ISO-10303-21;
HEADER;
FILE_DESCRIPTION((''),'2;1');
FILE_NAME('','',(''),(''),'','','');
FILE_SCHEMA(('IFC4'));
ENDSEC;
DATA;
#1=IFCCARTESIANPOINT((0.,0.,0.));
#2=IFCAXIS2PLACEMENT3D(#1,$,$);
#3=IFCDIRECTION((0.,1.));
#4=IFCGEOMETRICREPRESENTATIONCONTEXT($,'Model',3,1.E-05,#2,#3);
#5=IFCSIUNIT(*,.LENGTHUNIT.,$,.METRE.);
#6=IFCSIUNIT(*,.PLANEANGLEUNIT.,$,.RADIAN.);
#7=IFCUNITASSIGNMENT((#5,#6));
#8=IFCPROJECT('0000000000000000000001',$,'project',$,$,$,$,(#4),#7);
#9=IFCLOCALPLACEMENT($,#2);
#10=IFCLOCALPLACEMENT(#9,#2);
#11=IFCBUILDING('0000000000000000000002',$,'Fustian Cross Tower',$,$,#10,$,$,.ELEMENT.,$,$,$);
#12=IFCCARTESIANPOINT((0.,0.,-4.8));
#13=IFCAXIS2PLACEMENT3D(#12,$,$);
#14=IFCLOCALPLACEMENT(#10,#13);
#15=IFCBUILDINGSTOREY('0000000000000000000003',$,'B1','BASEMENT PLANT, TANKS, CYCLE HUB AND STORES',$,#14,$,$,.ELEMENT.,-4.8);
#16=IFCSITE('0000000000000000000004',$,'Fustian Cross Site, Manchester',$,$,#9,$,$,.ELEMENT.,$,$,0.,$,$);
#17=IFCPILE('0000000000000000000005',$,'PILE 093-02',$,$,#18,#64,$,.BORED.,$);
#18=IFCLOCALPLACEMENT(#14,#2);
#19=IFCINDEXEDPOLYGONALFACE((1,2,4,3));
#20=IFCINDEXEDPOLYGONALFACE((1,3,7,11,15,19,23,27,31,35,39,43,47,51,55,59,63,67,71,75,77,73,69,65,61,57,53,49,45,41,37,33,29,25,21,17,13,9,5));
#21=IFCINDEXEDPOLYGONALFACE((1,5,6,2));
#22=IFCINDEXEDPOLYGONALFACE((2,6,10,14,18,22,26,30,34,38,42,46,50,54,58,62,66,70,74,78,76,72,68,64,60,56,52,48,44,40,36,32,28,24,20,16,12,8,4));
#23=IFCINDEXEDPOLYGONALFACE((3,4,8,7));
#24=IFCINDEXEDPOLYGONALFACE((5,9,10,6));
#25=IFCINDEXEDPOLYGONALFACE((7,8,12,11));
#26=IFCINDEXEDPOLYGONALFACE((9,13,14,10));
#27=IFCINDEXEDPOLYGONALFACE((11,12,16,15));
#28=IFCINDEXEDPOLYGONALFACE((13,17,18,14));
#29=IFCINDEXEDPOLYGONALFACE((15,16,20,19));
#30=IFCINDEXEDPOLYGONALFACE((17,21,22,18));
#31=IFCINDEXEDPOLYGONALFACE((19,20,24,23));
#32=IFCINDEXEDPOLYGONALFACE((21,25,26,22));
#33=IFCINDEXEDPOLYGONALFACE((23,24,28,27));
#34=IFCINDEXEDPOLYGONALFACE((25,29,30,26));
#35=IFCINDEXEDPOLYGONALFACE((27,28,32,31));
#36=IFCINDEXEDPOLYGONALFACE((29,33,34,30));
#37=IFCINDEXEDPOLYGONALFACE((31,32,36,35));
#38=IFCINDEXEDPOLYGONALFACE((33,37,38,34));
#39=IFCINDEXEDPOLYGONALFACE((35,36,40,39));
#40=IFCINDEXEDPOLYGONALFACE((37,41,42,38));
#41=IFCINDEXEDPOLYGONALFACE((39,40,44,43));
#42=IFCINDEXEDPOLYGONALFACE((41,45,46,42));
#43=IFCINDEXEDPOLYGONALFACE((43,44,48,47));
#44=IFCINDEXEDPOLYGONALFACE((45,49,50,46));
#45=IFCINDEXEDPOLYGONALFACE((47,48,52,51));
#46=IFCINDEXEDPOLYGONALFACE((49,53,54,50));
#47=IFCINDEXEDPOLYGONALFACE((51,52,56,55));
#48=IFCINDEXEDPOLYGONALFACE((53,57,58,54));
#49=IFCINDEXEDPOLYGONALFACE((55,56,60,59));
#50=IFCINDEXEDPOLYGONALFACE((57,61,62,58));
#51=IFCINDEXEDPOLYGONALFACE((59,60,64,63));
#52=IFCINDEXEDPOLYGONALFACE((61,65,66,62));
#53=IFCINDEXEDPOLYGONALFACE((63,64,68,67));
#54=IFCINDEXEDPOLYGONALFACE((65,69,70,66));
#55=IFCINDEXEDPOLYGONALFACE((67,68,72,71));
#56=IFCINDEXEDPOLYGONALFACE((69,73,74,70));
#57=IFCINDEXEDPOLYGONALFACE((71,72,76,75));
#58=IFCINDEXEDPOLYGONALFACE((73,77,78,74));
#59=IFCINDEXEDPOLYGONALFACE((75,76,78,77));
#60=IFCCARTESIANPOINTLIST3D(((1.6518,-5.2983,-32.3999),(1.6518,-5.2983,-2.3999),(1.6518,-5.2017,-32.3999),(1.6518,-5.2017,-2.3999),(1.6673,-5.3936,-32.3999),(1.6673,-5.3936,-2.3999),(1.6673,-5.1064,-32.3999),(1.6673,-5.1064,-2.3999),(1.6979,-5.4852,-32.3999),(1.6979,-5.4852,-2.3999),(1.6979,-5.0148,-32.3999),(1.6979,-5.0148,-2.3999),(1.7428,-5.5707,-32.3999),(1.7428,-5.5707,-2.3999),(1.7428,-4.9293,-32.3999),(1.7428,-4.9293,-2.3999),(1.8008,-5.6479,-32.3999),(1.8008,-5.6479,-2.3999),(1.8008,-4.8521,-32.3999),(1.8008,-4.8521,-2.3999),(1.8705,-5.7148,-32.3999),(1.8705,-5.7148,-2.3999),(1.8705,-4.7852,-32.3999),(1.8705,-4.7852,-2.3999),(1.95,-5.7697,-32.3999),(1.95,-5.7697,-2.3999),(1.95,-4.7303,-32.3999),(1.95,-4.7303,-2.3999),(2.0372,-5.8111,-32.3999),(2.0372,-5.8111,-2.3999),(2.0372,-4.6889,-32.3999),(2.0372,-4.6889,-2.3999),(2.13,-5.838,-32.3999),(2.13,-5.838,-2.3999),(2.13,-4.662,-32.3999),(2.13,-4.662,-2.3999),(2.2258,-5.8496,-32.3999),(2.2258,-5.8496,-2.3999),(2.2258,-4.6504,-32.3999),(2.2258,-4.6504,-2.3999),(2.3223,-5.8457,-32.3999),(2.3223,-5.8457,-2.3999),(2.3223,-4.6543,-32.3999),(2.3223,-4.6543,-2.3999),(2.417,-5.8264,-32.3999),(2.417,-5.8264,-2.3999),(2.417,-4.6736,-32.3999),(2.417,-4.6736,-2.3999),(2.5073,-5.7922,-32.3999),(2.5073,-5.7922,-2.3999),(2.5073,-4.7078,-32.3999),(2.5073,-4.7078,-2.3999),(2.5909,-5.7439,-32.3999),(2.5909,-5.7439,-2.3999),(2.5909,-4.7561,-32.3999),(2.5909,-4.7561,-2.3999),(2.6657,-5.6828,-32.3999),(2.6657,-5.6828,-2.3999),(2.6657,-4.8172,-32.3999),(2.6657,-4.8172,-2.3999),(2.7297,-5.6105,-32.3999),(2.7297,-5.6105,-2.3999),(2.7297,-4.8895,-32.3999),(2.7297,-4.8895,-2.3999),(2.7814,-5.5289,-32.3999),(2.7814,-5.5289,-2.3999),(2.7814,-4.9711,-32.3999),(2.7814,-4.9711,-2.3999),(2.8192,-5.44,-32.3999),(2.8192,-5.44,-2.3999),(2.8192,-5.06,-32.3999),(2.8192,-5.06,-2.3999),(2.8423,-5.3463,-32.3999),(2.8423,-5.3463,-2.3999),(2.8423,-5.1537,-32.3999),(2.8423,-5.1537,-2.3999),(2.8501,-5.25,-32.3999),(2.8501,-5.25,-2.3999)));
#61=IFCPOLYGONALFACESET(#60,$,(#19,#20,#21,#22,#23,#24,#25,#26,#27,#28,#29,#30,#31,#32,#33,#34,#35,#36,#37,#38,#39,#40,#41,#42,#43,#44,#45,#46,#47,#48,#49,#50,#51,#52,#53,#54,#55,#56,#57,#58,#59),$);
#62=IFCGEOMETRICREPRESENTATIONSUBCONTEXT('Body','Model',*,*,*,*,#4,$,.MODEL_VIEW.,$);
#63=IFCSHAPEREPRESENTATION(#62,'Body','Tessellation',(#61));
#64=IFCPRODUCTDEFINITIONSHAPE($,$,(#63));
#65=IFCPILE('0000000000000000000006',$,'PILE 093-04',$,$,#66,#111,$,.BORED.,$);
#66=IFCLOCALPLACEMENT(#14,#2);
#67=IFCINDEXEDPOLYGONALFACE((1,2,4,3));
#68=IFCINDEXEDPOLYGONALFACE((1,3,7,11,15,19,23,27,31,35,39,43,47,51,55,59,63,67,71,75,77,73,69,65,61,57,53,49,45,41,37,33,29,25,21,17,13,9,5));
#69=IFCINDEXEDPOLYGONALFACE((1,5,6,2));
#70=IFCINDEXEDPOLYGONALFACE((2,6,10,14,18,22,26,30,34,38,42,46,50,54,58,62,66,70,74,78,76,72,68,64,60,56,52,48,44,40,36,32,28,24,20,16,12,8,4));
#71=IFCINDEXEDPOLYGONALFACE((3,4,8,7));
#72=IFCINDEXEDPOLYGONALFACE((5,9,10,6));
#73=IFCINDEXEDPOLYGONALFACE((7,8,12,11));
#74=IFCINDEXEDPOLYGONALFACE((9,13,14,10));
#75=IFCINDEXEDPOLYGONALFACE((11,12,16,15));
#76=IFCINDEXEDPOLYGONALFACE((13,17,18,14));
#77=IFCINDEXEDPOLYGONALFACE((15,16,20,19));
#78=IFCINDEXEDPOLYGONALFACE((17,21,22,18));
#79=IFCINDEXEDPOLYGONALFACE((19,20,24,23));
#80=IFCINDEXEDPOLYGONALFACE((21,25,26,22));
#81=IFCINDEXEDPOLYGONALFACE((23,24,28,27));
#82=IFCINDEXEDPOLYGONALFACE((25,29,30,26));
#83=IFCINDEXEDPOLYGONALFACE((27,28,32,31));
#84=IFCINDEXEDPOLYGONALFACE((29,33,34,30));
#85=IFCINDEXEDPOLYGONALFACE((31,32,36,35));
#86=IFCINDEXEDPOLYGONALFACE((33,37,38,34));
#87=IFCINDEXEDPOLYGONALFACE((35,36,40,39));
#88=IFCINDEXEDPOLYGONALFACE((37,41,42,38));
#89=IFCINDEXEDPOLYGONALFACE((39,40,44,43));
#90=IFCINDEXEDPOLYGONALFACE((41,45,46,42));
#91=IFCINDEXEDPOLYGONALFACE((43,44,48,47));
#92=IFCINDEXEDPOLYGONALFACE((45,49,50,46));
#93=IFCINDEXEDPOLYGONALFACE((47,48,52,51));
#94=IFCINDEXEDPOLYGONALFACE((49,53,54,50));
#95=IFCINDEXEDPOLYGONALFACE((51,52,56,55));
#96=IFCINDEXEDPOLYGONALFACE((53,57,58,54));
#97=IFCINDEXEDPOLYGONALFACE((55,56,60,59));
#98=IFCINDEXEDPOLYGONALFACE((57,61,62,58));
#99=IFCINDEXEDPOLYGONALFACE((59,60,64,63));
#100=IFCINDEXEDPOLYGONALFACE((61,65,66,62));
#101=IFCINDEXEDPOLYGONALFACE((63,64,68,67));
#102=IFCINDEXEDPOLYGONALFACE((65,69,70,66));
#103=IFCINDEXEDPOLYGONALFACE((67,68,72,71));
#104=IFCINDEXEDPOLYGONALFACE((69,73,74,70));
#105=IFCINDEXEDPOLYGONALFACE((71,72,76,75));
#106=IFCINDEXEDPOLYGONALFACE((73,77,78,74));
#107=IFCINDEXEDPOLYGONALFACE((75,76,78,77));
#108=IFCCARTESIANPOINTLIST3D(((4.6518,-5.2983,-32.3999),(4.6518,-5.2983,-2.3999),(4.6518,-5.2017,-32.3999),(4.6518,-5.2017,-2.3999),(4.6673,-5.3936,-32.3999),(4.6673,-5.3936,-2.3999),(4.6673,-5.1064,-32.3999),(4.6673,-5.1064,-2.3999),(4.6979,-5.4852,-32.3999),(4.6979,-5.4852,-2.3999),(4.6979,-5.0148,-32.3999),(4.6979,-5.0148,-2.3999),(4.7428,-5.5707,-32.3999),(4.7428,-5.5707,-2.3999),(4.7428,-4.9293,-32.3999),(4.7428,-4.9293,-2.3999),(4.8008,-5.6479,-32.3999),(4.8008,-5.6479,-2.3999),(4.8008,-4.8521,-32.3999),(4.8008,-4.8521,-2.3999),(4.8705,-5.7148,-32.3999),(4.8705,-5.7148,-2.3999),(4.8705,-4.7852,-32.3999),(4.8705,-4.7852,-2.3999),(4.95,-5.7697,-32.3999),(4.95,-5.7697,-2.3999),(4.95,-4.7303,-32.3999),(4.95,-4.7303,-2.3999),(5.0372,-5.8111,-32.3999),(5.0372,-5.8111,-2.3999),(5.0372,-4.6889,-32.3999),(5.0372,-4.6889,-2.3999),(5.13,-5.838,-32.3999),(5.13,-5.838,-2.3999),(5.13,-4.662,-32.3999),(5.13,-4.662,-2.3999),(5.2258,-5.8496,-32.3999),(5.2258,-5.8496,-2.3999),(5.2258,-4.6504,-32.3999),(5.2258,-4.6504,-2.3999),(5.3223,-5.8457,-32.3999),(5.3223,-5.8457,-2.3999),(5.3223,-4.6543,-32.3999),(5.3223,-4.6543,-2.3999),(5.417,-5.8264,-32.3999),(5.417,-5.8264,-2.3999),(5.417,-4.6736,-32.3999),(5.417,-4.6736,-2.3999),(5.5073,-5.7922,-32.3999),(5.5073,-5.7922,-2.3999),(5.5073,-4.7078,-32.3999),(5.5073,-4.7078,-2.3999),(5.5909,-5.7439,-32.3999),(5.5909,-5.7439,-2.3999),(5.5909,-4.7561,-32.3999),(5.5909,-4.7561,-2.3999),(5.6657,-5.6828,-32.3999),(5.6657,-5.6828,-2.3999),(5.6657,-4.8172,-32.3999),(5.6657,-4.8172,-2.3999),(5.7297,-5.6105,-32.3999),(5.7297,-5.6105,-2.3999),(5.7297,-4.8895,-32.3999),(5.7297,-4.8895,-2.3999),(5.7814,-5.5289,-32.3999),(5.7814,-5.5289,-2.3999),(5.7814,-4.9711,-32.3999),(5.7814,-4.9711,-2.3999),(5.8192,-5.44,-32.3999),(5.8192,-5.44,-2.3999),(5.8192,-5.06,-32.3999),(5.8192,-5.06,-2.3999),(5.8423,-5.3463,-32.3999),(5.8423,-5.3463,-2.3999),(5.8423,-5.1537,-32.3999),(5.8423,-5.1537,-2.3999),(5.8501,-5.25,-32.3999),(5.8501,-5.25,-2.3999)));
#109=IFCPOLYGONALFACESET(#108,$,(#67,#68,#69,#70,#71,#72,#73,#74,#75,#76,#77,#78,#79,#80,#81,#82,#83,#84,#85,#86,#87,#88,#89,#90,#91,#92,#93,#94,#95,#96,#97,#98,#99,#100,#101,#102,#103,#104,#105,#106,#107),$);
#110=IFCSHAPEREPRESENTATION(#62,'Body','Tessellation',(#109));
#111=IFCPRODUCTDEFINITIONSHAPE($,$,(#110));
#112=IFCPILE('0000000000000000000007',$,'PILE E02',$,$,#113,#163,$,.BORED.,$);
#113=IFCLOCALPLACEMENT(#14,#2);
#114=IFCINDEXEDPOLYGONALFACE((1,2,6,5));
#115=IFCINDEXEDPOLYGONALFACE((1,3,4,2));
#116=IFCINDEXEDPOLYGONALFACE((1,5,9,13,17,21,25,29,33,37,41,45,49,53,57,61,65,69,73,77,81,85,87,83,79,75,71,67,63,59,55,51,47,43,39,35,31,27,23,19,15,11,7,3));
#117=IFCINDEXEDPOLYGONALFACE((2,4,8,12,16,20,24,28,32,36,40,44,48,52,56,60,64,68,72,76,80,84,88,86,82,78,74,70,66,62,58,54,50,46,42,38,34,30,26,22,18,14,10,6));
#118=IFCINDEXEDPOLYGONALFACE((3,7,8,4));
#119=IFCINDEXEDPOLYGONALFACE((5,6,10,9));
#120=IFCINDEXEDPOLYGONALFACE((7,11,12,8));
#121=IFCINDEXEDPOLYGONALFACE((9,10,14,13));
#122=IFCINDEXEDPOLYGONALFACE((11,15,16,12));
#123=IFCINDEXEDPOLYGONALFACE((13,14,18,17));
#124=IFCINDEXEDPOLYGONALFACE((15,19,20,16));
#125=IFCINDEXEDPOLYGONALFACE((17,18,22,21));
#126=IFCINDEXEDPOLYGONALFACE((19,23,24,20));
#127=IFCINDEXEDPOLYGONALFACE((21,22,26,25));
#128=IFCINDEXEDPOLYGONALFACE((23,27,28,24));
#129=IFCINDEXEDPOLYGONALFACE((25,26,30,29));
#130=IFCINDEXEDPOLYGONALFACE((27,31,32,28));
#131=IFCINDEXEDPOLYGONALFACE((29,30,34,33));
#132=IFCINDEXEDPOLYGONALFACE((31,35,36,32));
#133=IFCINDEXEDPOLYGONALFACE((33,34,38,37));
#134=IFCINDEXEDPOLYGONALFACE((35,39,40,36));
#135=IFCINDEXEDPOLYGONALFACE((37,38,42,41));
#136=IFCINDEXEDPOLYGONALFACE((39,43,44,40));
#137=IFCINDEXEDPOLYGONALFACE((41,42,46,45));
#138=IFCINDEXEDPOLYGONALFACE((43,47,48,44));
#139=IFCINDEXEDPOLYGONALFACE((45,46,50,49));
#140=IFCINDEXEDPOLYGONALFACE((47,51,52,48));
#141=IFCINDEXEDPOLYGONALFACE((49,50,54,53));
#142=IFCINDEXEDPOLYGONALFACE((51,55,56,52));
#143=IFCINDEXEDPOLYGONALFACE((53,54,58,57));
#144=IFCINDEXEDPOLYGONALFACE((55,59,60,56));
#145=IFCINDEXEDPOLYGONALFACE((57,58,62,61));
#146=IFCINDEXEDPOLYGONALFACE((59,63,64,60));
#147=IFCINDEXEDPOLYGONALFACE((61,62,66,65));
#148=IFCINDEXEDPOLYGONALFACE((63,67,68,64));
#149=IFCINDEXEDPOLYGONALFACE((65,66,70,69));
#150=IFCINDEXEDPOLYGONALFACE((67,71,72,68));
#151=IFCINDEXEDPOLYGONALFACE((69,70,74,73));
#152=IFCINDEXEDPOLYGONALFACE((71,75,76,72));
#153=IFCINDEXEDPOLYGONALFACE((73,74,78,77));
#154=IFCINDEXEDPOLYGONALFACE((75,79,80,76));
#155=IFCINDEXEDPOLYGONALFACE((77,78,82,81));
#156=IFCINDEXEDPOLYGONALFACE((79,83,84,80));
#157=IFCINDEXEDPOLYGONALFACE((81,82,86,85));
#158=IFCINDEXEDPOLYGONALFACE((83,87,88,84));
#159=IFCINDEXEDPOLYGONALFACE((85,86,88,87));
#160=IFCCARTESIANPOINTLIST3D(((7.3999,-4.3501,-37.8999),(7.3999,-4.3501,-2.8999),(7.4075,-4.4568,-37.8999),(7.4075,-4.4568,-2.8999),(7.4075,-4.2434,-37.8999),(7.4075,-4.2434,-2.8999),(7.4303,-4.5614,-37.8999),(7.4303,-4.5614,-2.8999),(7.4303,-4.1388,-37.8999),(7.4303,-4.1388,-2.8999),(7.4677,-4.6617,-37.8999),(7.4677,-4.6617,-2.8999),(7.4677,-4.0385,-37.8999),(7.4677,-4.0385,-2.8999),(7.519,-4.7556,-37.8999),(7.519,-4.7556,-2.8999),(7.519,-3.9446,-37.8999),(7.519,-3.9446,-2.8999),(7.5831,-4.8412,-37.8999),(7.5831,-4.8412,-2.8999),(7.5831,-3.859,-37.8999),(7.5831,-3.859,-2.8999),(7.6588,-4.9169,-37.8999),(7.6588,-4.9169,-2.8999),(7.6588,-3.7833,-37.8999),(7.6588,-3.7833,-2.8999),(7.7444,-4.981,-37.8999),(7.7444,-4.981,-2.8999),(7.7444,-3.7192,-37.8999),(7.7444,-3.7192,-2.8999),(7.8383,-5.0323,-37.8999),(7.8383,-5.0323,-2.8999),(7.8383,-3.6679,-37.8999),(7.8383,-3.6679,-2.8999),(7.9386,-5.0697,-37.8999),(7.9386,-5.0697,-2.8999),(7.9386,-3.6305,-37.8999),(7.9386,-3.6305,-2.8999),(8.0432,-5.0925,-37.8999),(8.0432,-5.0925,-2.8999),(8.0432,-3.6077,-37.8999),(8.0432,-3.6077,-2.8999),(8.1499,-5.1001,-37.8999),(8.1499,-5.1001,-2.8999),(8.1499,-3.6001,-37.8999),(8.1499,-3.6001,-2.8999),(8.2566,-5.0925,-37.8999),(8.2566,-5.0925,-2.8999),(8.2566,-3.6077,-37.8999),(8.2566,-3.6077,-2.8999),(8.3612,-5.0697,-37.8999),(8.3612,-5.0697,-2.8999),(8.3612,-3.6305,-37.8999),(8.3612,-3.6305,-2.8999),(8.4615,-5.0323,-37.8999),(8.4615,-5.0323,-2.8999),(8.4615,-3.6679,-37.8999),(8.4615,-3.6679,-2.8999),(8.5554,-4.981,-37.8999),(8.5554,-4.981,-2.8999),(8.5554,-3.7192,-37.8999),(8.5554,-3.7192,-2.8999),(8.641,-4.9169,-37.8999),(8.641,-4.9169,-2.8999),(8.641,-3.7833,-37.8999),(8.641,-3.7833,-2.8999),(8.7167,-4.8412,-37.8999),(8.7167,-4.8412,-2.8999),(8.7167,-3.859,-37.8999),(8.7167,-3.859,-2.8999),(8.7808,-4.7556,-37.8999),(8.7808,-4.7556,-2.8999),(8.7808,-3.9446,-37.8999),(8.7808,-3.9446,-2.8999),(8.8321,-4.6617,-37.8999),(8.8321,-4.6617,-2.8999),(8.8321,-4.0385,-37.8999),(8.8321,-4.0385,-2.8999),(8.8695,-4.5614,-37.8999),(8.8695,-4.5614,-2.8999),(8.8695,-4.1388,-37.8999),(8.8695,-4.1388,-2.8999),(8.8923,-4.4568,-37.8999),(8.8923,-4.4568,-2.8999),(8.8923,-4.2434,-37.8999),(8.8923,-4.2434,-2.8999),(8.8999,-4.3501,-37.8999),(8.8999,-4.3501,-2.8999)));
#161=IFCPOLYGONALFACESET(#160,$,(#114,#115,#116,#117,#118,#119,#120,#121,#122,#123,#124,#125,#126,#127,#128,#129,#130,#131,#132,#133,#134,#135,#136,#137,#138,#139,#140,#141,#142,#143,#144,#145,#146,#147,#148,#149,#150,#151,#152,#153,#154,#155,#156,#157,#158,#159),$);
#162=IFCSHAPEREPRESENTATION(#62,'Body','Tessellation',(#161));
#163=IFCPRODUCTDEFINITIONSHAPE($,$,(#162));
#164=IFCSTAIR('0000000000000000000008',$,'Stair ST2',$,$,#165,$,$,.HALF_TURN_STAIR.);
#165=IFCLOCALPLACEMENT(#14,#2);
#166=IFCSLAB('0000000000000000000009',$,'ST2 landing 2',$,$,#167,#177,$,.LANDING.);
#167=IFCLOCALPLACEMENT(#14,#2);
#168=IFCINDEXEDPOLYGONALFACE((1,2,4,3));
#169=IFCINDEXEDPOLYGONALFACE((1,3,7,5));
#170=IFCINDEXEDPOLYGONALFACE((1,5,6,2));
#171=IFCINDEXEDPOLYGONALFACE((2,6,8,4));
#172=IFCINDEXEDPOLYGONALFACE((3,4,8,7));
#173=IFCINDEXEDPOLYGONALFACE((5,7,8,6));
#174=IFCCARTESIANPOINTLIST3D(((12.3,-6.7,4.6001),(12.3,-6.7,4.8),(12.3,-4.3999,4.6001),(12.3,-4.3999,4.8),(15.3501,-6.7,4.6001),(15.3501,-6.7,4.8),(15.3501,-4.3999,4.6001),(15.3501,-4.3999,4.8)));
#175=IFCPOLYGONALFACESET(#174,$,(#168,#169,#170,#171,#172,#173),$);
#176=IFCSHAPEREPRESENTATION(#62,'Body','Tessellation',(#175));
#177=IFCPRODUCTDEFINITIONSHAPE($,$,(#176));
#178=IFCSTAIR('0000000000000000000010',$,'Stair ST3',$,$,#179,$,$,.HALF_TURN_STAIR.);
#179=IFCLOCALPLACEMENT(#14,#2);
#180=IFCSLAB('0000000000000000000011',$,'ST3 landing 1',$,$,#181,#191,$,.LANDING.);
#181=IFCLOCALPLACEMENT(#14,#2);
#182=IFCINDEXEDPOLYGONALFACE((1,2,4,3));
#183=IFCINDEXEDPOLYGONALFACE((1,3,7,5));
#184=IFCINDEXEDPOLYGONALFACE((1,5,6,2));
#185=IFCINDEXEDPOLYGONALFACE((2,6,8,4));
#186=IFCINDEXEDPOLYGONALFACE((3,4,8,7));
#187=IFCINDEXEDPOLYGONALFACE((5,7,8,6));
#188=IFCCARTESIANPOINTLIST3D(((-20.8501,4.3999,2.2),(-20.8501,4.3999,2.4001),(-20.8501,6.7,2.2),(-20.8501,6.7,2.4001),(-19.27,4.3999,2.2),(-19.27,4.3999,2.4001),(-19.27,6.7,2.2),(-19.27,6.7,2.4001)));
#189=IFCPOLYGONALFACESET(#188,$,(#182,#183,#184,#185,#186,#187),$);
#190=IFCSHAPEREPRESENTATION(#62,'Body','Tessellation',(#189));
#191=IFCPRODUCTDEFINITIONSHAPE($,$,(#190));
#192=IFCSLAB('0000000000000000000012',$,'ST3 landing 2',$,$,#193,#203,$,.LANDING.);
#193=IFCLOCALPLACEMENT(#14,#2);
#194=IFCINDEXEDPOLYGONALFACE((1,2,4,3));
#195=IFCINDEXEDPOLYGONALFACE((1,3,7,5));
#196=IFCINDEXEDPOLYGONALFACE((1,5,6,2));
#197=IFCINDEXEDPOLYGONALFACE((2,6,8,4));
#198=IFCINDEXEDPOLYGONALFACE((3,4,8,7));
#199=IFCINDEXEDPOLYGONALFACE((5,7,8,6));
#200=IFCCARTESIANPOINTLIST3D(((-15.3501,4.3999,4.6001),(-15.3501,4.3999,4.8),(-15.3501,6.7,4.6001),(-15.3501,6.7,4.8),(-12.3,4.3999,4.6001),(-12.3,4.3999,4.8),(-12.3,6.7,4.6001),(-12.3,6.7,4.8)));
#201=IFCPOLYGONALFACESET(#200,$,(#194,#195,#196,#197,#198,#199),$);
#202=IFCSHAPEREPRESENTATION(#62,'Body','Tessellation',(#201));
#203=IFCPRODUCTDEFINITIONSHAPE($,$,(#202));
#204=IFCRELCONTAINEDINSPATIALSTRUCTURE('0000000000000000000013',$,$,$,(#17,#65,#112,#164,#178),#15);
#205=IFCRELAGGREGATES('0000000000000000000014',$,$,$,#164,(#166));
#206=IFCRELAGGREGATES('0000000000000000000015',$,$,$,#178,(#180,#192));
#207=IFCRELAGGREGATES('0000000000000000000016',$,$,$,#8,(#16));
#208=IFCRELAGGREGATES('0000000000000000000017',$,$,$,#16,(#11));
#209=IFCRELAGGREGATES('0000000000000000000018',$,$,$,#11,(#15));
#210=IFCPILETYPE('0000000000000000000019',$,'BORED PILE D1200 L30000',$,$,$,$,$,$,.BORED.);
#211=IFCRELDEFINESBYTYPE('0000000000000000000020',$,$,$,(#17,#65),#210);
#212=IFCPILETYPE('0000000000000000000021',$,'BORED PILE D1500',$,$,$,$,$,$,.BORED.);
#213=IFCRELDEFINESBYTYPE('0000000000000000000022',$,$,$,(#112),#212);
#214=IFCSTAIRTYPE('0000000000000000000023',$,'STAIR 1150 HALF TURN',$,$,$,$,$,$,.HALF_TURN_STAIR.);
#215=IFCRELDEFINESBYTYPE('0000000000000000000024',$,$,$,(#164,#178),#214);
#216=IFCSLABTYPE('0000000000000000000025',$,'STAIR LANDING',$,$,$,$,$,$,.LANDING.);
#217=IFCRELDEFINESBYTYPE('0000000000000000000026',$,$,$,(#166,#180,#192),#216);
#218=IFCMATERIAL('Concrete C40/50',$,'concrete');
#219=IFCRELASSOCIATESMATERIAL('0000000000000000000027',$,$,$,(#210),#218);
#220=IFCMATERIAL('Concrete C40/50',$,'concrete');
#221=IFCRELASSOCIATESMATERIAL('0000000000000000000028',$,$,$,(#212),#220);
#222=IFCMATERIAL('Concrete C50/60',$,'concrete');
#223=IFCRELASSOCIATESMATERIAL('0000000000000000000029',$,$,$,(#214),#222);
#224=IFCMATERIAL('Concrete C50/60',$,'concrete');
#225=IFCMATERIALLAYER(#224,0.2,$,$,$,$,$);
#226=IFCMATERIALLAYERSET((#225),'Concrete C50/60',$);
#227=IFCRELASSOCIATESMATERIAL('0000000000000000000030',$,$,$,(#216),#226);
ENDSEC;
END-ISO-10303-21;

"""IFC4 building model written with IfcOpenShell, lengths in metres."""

from ifc_helpers import new_model, si_unit, direction, frame, origin, origin_2d, place, context, subcontext, project, spatial, polyline, circle, outline, extrude, material, layer, layer_set, material_profile, profile_set, type_object, element, aggregate, save


model = new_model("IFC4")

# Units and contexts
model_context = context("Model", 3, precision=1e-05, world=origin(), true_north=direction((0.0, 1.0)))
body_context = subcontext(model_context, "Body", "Model", "MODEL_VIEW")
ifc_project = project(units=[si_unit("LENGTHUNIT", "METRE"), si_unit("PLANEANGLEUNIT", "RADIAN")], contexts=[model_context])

# Site, building, storey
site_placement = place(None, origin())
site = spatial("IfcSite", under=ifc_project, at=site_placement, Name="Fustian Cross Site, Manchester", CompositionType="ELEMENT", RefElevation=0.0)
building_placement = place(site_placement, origin())
building = spatial("IfcBuilding", under=site, at=building_placement, Name="Fustian Cross Tower", CompositionType="ELEMENT")
storey_placement = place(building_placement, frame((0.0, 0.0, -4.8)))
storey = spatial("IfcBuildingStorey", under=building, at=storey_placement, Name="B1", Description="BASEMENT PLANT, TANKS, CYCLE HUB AND STORES", CompositionType="ELEMENT", Elevation=-4.8)

# Piles
ifc_material_1 = material(Name="Concrete C40/50", Category="concrete")
ifc_material_profile_1 = material_profile(ifc_material_1, circle(Radius=0.6001, at=origin_2d()), Name="BORED PILE D1200 L30000")
ifc_profile_set_1 = profile_set([ifc_material_profile_1], Name="Concrete C40/50")
pile_type_1 = type_object("IfcPileType", Name="BORED PILE D1200 L30000", PredefinedType="BORED", material=ifc_profile_set_1)
for number, where, z_axis, x_axis, name in (
    (1, (2.25, -5.25, -2.3999), (0.0, 0.0, -1.0), (1.0, 0.0, 0.0), "PILE 093-02"),
    (2, (5.25, -5.25, -2.3999), (0.0, 0.0, -1.0), (1.0, 0.0, 0.0), "PILE 093-04"),
):
    element("IfcPile", number, at=place(storey_placement, frame(where, z_axis=z_axis, x_axis=x_axis)), inside=storey, type_object=pile_type_1, Name=name, PredefinedType="BORED", context=body_context, shape_type="SweptSolid", body=[
        extrude(circle(Radius=0.6001, at=origin_2d()), origin(), (0.0, 0.0, 1.0), 30.0),
    ])
ifc_material_2 = material(Name="Concrete C40/50", Category="concrete")
ifc_material_profile_2 = material_profile(ifc_material_2, circle(Radius=0.75, at=origin_2d()), Name="BORED PILE D1500")
ifc_profile_set_2 = profile_set([ifc_material_profile_2], Name="Concrete C40/50")
pile_type_2 = type_object("IfcPileType", Name="BORED PILE D1500", PredefinedType="BORED", material=ifc_profile_set_2)
pile_placement = place(storey_placement, frame((8.1499, -4.3501, -2.8999), z_axis=(0.0, 0.0, -1.0), x_axis=(1.0, 0.0, 0.0)))
element("IfcPile", 3, at=pile_placement, inside=storey, type_object=pile_type_2, Name="PILE E02", PredefinedType="BORED", context=body_context, shape_type="SweptSolid", body=[
    extrude(circle(Radius=0.75, at=origin_2d()), origin(), (0.0, 0.0, 1.0), 35.0),
])

# Stair, slab
ifc_material_3 = material(Name="Concrete C50/60", Category="concrete")
stair_type_1 = type_object("IfcStairType", Name="STAIR 1150 HALF TURN", PredefinedType="HALF_TURN_STAIR", material=ifc_material_3)
stair_1_placement = place(storey_placement, origin())
stair_1 = element("IfcStair", 4, at=stair_1_placement, inside=storey, type_object=stair_type_1, Name="Stair ST2", PredefinedType="HALF_TURN_STAIR")
ifc_material_4 = material(Name="Concrete C50/60", Category="concrete")
ifc_layer_1 = layer(ifc_material_4, 0.2)
ifc_layer_set_1 = layer_set([ifc_layer_1], Name="Concrete C50/60")
slab_type = type_object("IfcSlabType", Name="STAIR LANDING", PredefinedType="LANDING", material=ifc_layer_set_1)
slab_1_placement = place(storey_placement, frame((0.0, 0.0, 4.6001)))
slab_1 = element("IfcSlab", 5, at=slab_1_placement, type_object=slab_type, Name="ST2 landing 2", PredefinedType="LANDING", context=body_context, shape_type="SweptSolid", body=[
    extrude(outline(polyline([(12.3, -4.3999), (15.3501, -4.3999), (15.3501, -6.7), (12.3, -6.7), (12.3, -4.3999)])), origin(), (0.0, 0.0, 1.0), 0.2),
])
aggregate(stair_1, [slab_1])

# Stair, slabs
stair_2_placement = place(storey_placement, origin())
stair_2 = element("IfcStair", 6, at=stair_2_placement, inside=storey, type_object=stair_type_1, Name="Stair ST3", PredefinedType="HALF_TURN_STAIR")
slab_2_placement = place(storey_placement, frame((0.0, 0.0, 2.2)))
slab_2 = element("IfcSlab", 7, at=slab_2_placement, type_object=slab_type, Name="ST3 landing 1", PredefinedType="LANDING", context=body_context, shape_type="SweptSolid", body=[
    extrude(outline(polyline([(-19.27, 4.3999), (-20.8501, 4.3999), (-20.8501, 6.7), (-19.27, 6.7), (-19.27, 4.3999)])), origin(), (0.0, 0.0, 1.0), 0.2002),
])
slab_3_placement = place(storey_placement, frame((0.0, 0.0, 4.6001)))
slab_3 = element("IfcSlab", 8, at=slab_3_placement, type_object=slab_type, Name="ST3 landing 2", PredefinedType="LANDING", context=body_context, shape_type="SweptSolid", body=[
    extrude(outline(polyline([(-12.3, 4.3999), (-15.3501, 4.3999), (-15.3501, 6.7), (-12.3, 6.7), (-12.3, 4.3999)])), origin(), (0.0, 0.0, 1.0), 0.2),
])
aggregate(stair_2, [slab_2, slab_3])

save(model, "model.ifc")
